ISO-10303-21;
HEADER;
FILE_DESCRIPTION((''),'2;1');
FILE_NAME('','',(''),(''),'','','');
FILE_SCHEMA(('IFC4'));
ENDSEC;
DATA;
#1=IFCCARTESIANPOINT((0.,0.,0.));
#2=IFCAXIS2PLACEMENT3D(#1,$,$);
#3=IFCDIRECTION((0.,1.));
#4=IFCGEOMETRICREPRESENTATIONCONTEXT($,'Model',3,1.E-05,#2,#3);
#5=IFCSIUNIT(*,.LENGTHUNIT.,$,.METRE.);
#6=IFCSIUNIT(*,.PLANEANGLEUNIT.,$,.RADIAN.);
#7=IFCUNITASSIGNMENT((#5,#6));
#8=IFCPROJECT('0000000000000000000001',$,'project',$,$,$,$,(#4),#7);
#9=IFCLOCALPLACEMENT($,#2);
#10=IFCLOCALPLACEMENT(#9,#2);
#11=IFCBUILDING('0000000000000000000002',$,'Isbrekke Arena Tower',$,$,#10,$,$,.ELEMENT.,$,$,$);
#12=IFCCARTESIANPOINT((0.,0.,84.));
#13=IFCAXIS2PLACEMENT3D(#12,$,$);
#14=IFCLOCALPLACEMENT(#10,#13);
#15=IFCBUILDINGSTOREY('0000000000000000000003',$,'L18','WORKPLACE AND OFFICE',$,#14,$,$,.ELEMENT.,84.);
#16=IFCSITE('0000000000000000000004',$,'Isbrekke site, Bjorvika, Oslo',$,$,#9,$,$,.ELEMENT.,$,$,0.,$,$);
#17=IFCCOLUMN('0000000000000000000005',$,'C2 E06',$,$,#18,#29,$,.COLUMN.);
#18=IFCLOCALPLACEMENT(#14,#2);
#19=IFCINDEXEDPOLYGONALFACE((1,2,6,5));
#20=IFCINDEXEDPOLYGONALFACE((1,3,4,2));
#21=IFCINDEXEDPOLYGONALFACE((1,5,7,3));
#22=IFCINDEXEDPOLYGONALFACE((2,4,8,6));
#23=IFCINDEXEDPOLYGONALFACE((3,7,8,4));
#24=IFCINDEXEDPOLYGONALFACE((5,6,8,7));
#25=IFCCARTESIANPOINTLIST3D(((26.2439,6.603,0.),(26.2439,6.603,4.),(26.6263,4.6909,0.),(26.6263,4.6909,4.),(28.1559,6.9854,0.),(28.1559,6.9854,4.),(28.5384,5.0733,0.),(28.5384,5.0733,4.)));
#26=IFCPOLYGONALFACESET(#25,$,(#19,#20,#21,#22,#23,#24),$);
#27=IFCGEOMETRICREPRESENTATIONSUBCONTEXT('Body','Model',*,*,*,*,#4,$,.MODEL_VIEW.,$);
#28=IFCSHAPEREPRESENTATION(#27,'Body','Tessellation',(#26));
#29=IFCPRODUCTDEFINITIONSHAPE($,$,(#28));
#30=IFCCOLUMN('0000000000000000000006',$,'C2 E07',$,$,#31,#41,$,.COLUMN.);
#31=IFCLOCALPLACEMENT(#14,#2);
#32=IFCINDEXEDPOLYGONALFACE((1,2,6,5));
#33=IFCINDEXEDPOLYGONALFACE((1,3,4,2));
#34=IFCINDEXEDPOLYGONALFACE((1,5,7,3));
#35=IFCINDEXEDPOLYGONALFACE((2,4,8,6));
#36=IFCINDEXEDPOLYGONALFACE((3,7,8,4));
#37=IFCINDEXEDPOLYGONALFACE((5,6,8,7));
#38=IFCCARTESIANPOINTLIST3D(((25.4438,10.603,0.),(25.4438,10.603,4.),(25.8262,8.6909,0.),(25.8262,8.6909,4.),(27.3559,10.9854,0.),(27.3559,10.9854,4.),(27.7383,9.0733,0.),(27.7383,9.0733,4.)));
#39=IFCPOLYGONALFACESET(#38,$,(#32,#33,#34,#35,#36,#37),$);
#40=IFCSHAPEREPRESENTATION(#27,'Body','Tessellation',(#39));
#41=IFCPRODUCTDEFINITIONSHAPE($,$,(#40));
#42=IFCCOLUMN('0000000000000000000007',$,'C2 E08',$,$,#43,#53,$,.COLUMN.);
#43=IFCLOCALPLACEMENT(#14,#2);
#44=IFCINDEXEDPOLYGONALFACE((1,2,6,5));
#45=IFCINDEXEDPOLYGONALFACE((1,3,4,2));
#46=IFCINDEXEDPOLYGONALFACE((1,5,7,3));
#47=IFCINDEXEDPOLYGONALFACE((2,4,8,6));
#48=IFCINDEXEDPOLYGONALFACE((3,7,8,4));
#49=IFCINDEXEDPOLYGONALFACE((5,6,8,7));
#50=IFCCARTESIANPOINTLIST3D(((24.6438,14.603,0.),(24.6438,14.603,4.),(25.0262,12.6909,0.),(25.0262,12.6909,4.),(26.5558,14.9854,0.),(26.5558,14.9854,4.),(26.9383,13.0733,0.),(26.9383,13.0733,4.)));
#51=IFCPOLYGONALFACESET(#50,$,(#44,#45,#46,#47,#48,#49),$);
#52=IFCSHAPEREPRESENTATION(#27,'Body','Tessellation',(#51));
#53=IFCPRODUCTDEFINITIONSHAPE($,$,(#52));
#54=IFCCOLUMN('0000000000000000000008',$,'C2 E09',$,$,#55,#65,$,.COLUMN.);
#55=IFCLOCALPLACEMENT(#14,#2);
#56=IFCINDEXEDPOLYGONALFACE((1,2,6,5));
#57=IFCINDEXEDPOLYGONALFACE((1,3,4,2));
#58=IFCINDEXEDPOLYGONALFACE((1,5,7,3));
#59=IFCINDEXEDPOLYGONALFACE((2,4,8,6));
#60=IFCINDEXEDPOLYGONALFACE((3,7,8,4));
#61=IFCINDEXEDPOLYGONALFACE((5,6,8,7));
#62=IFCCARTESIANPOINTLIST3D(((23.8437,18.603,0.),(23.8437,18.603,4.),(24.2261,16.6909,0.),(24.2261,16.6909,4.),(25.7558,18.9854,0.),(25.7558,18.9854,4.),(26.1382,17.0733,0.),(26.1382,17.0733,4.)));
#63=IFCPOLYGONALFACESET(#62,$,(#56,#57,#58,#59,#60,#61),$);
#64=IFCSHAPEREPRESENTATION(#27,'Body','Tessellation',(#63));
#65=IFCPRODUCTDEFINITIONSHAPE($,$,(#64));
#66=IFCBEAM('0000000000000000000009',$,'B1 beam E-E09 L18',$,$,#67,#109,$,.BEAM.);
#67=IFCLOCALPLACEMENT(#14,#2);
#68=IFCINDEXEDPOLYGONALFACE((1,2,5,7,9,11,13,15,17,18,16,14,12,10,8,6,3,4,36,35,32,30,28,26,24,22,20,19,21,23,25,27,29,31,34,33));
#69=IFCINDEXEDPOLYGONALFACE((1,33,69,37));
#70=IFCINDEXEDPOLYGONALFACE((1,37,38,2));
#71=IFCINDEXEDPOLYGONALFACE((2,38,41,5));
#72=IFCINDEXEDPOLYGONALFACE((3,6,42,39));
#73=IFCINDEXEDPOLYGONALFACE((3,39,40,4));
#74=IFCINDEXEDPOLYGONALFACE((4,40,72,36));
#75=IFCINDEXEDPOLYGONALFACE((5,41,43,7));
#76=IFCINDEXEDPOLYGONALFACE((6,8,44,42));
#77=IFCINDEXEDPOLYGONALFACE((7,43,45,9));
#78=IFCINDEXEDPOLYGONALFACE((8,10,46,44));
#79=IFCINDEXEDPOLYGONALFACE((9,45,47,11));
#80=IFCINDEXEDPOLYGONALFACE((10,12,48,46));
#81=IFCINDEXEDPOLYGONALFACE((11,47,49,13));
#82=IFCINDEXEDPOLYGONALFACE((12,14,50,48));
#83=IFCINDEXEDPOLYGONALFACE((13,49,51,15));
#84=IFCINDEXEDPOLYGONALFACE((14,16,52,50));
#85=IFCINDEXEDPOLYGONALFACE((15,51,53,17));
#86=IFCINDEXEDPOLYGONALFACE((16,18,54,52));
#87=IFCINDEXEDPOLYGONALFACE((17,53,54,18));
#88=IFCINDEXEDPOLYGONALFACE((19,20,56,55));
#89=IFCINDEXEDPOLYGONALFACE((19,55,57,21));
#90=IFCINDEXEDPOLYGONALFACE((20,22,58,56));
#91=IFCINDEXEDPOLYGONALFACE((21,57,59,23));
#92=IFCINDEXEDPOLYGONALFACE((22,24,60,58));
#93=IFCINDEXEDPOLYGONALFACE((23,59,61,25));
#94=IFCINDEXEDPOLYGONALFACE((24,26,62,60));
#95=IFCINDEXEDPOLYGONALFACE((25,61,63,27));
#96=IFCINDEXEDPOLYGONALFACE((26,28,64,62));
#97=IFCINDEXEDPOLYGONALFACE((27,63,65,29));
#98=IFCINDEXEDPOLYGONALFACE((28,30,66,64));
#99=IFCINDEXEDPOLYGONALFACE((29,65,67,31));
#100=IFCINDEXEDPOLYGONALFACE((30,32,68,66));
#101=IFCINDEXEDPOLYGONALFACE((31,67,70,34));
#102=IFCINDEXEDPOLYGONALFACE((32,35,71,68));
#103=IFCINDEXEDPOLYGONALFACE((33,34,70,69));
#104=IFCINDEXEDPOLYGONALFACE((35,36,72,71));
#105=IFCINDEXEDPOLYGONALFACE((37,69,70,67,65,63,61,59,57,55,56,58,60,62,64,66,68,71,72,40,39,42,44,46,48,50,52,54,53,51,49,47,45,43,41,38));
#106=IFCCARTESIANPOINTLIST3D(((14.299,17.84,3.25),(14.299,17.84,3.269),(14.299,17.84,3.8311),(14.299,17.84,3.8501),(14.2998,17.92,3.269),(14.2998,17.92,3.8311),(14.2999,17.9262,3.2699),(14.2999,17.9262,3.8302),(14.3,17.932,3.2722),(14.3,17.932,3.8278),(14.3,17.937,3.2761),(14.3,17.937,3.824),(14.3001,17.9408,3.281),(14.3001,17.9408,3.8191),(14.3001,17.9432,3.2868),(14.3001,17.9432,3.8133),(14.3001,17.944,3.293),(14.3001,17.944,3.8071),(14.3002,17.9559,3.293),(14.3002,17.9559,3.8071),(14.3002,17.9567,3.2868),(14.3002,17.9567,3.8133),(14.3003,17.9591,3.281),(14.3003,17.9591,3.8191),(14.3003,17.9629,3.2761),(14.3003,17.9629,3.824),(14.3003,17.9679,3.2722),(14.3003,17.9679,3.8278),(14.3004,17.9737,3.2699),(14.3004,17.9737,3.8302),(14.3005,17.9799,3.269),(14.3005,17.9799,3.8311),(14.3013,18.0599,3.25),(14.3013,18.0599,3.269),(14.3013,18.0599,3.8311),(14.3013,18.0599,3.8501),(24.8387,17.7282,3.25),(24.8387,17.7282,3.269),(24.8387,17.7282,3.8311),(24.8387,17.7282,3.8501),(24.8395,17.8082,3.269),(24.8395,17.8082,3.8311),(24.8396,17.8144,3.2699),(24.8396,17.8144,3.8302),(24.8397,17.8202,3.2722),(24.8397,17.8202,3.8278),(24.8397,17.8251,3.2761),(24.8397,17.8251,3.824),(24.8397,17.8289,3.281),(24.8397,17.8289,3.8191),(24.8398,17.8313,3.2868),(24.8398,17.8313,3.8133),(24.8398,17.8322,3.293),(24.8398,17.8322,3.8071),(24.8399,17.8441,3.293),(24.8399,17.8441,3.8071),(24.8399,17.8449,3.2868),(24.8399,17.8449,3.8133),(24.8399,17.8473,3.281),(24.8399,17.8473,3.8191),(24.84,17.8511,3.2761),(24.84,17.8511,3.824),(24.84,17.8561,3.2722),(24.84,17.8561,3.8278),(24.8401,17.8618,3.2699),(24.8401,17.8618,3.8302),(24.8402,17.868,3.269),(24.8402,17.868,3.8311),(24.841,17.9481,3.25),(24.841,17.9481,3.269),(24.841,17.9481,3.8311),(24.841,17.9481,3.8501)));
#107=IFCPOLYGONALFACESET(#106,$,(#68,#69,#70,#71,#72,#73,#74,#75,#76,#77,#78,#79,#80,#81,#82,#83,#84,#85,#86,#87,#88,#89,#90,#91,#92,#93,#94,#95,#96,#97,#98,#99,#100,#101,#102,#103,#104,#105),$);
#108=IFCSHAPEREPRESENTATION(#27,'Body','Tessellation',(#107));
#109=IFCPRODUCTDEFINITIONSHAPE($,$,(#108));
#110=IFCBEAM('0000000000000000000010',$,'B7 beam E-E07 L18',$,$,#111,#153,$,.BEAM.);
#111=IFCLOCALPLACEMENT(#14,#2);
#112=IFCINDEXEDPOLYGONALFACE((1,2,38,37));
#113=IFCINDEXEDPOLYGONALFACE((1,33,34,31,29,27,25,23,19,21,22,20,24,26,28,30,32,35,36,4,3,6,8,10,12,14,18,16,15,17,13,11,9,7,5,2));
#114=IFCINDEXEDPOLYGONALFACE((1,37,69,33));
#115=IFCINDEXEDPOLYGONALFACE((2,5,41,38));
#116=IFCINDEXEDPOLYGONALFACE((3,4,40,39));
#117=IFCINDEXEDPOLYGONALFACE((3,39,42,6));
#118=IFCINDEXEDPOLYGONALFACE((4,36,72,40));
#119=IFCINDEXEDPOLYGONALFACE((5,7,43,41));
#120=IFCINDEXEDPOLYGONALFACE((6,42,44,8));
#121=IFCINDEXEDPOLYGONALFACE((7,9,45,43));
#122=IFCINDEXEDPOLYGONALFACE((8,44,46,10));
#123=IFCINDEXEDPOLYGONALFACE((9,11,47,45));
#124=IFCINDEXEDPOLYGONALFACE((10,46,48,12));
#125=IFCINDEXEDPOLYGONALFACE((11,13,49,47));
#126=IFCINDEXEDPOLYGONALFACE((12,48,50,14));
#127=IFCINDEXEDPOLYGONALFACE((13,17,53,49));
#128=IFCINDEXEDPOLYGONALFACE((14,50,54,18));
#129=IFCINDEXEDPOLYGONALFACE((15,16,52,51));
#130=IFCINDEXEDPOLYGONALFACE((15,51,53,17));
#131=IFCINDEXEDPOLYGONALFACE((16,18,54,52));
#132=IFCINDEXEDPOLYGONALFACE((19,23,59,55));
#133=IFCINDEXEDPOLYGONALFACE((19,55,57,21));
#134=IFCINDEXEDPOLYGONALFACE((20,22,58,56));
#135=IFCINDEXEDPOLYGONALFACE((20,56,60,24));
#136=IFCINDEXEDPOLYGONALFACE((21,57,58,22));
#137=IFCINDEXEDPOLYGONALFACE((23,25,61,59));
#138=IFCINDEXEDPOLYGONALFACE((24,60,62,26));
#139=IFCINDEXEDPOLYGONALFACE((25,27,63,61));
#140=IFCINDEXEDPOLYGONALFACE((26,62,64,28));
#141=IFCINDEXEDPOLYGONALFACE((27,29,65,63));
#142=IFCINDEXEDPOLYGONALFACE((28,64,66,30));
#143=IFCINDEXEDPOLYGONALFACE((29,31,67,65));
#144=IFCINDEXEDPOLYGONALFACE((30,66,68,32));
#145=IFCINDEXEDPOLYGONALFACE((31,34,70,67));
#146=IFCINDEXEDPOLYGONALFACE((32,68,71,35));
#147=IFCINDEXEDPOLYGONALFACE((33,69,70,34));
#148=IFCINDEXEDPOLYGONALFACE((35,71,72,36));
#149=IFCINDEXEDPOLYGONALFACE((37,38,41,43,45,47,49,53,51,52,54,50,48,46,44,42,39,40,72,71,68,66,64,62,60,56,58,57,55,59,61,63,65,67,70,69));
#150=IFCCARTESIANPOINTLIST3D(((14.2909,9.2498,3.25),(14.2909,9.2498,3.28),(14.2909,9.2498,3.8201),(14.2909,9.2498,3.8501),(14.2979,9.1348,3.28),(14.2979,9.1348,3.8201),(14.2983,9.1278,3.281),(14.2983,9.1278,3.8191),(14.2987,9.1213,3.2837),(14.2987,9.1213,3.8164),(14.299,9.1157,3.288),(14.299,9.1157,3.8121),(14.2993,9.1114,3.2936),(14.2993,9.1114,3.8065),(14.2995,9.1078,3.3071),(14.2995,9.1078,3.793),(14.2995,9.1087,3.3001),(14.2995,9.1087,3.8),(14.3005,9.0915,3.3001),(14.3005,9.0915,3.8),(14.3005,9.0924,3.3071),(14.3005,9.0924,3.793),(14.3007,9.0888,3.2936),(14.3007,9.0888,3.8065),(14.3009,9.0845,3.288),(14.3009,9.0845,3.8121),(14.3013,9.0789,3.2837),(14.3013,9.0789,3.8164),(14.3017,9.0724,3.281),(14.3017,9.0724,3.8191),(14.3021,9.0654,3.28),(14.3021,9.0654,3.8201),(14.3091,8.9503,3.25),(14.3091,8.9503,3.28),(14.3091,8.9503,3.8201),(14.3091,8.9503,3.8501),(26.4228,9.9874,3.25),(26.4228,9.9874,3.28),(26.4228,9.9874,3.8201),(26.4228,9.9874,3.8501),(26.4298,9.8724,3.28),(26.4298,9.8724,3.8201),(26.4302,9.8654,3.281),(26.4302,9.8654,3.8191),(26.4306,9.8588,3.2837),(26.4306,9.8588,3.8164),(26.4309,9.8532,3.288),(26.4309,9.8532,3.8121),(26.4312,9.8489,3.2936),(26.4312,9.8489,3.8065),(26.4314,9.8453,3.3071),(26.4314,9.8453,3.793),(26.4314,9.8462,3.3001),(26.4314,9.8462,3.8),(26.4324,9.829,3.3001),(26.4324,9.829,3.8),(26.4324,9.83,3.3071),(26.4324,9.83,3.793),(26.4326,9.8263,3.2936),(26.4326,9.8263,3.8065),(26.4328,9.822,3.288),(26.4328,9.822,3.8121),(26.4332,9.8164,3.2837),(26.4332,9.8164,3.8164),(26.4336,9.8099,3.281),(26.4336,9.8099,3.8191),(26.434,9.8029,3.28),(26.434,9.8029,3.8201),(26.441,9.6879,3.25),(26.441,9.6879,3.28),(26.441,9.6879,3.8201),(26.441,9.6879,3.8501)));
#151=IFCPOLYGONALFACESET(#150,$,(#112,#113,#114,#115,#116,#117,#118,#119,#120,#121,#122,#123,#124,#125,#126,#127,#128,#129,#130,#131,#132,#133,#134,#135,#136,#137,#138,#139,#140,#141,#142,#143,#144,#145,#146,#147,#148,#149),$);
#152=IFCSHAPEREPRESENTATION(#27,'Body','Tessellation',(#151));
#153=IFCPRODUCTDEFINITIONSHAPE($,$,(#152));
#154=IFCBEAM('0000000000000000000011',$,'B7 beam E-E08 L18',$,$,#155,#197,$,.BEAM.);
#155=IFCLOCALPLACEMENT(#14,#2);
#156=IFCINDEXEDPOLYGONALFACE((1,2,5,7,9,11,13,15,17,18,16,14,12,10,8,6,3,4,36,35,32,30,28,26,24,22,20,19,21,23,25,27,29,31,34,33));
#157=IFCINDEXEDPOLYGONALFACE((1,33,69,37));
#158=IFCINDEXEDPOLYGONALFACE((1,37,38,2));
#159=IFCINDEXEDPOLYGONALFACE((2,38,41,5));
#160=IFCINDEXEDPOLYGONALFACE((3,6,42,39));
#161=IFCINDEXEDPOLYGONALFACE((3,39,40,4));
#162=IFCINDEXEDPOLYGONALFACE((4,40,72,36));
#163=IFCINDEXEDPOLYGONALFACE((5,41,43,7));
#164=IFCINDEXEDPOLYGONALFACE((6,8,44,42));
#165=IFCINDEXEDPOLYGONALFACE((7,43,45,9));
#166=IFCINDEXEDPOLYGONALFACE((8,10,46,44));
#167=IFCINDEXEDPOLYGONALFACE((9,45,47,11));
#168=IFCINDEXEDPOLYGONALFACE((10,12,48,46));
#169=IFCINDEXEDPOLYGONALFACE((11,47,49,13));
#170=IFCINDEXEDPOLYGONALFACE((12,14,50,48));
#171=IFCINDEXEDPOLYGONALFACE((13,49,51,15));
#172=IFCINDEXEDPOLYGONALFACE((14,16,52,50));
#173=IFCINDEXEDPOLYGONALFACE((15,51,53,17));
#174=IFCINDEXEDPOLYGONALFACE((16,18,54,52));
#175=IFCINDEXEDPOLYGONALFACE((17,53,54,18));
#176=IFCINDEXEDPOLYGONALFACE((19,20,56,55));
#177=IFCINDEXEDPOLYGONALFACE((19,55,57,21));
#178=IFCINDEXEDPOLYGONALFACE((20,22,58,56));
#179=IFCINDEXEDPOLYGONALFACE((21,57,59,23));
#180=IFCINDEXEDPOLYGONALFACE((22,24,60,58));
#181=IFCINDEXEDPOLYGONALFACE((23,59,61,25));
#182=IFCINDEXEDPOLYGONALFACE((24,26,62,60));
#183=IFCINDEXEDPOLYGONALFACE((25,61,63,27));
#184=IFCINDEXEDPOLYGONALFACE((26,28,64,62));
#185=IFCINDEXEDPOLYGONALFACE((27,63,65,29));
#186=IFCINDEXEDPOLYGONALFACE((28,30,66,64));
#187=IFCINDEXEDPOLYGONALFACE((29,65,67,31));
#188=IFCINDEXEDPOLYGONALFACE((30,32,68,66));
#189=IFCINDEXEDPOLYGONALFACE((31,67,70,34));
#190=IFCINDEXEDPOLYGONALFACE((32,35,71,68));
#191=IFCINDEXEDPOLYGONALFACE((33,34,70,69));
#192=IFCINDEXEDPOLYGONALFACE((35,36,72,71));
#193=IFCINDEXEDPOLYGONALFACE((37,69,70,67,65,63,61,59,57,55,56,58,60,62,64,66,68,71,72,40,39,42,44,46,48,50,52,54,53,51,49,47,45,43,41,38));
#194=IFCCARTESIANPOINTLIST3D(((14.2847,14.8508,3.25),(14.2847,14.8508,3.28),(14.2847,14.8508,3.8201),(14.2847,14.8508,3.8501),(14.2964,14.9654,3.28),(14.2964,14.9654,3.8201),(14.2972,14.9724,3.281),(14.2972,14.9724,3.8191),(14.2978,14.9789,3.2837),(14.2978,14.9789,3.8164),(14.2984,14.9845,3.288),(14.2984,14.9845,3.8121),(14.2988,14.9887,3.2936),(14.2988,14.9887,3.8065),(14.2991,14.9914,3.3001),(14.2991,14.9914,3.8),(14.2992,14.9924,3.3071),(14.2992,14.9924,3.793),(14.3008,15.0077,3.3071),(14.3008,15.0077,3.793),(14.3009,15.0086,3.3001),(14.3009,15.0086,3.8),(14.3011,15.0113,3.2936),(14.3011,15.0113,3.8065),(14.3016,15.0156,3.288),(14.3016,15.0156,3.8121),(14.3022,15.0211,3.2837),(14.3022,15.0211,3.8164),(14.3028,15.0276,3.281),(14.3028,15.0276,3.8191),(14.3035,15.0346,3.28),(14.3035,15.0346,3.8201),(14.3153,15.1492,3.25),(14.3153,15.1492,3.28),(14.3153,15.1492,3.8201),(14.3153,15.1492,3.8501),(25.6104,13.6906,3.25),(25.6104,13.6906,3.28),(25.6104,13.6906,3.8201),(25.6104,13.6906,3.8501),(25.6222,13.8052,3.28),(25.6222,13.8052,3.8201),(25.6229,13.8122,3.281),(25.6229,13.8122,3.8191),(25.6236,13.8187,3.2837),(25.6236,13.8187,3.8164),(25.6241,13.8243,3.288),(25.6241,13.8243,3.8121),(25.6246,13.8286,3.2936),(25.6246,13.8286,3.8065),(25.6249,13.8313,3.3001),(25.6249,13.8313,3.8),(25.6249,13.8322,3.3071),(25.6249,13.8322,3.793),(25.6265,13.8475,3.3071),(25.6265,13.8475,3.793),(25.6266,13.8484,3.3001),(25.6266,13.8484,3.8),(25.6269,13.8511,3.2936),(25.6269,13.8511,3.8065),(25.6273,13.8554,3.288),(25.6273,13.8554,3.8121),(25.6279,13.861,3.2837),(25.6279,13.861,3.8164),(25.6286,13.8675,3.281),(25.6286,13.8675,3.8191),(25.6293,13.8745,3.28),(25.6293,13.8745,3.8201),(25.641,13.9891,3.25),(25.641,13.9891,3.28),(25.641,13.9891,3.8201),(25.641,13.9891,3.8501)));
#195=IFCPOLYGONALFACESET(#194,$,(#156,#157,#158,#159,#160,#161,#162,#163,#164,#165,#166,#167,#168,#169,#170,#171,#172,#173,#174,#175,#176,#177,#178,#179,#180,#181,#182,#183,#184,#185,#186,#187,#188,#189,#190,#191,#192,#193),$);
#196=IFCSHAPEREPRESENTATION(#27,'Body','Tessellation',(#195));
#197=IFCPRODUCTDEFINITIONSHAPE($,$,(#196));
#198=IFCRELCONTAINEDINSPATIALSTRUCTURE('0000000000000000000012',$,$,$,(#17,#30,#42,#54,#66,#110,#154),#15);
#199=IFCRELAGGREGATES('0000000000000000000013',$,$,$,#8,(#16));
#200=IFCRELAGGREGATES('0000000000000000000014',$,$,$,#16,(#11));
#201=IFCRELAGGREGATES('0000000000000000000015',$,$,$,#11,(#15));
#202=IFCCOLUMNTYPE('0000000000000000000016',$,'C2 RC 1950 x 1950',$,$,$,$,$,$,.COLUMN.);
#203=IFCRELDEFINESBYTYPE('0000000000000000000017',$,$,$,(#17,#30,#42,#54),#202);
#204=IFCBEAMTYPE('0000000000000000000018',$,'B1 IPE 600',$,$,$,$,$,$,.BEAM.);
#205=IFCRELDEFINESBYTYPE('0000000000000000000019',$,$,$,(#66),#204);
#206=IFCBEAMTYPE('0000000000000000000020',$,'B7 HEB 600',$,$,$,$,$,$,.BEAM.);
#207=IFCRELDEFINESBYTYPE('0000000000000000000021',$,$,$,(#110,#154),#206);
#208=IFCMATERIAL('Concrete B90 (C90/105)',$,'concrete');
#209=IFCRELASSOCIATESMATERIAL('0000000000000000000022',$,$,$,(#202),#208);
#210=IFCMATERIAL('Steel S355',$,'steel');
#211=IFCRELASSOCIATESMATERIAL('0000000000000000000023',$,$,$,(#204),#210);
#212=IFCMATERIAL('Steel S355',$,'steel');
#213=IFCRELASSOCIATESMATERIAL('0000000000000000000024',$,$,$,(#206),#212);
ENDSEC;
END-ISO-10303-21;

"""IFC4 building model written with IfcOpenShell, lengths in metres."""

from ifc_helpers import new_model, si_unit, direction, frame, origin, origin_2d, place, context, subcontext, project, spatial, rectangle, i_section, extrude, material, material_profile, profile_set, type_object, element, save


model = new_model("IFC4")

# Units and contexts
model_context = context("Model", 3, precision=1e-05, world=origin(), true_north=direction((0.0, 1.0)))
body_context = subcontext(model_context, "Body", "Model", "MODEL_VIEW")
ifc_project = project(units=[si_unit("LENGTHUNIT", "METRE"), si_unit("PLANEANGLEUNIT", "RADIAN")], contexts=[model_context])

# Site, building, storey
site_placement = place(None, origin())
site = spatial("IfcSite", under=ifc_project, at=site_placement, Name="Isbrekke site, Bjorvika, Oslo", CompositionType="ELEMENT", RefElevation=0.0)
building_placement = place(site_placement, origin())
building = spatial("IfcBuilding", under=site, at=building_placement, Name="Isbrekke Arena Tower", CompositionType="ELEMENT")
storey_placement = place(building_placement, frame((0.0, 0.0, 84.0)))
storey = spatial("IfcBuildingStorey", under=building, at=storey_placement, Name="L18", Description="WORKPLACE AND OFFICE", CompositionType="ELEMENT", Elevation=84.0)

# Columns
ifc_material_1 = material(Name="Concrete B90 (C90/105)", Category="concrete")
ifc_material_profile_1 = material_profile(ifc_material_1, rectangle(XDim=1.95, YDim=1.95, at=origin_2d()), Name="RC 1950x1950")
ifc_profile_set_1 = profile_set([ifc_material_profile_1], Name="Concrete B90 (C90/105)")
column_type = type_object("IfcColumnType", Name="C2 RC 1950 x 1950", PredefinedType="COLUMN", material=ifc_profile_set_1)
for number, where, z_axis, x_axis, name in (
    (1, (27.3911, 5.8381, 0.0), (0.0, 0.0, 1.0), (-0.196116, 0.980581, 0.0), "C2 E06"),
    (2, (26.5911, 9.8381, 0.0), (0.0, 0.0, 1.0), (-0.196116, 0.980581, 0.0), "C2 E07"),
    (3, (25.791, 13.8381, 0.0), (0.0, 0.0, 1.0), (-0.196116, 0.980581, 0.0), "C2 E08"),
    (4, (24.991, 17.8381, 0.0), (0.0, 0.0, 1.0), (-0.196116, 0.980581, 0.0), "C2 E09"),
):
    element("IfcColumn", number, at=place(storey_placement, frame(where, z_axis=z_axis, x_axis=x_axis)), inside=storey, type_object=column_type, Name=name, PredefinedType="COLUMN", context=body_context, shape_type="SweptSolid", body=[
        extrude(rectangle(XDim=1.95, YDim=1.95, at=origin_2d()), origin(), (0.0, 0.0, 1.0), 4.0),
    ])

# Beams
ifc_material_2 = material(Name="Steel S355", Category="steel")
ifc_material_profile_2 = material_profile(ifc_material_2, i_section(OverallWidth=0.22, OverallDepth=0.6001, WebThickness=0.012, FlangeThickness=0.019, FilletRadius=0.0239, at=origin_2d()), Name="IPE 600")
ifc_profile_set_2 = profile_set([ifc_material_profile_2], Name="Steel S355")
beam_type_1 = type_object("IfcBeamType", Name="B1 IPE 600", PredefinedType="BEAM", material=ifc_profile_set_2)
beam_1_placement = place(storey_placement, frame((24.8398, 17.8381, 3.55), z_axis=(-0.999944, 0.010608, 0.0), x_axis=(-0.010608, -0.999944, 0.0)))
element("IfcBeam", 5, at=beam_1_placement, inside=storey, type_object=beam_type_1, Name="B1 beam E-E09 L18", PredefinedType="BEAM", context=body_context, shape_type="SweptSolid", body=[
    extrude(i_section(OverallWidth=0.22, OverallDepth=0.6001, WebThickness=0.012, FlangeThickness=0.019, FilletRadius=0.0239, at=origin_2d()), origin(), (0.0, 0.0, 1.0), 10.5403),
])
ifc_material_3 = material(Name="Steel S355", Category="steel")
ifc_material_profile_3 = material_profile(ifc_material_3, i_section(OverallWidth=0.3, OverallDepth=0.6001, WebThickness=0.0154, FlangeThickness=0.03, FilletRadius=0.0271, at=origin_2d()), Name="HEB 600")
ifc_profile_set_3 = profile_set([ifc_material_profile_3], Name="Steel S355")
beam_type_2 = type_object("IfcBeamType", Name="B7 HEB 600", PredefinedType="BEAM", material=ifc_profile_set_3)
beam_2_placement = place(storey_placement, frame((26.4319, 9.8376, 3.55), z_axis=(-0.998157, -0.060682, 0.0), x_axis=(0.060682, -0.998157, 0.0)))
element("IfcBeam", 6, at=beam_2_placement, inside=storey, type_object=beam_type_2, Name="B7 beam E-E07 L18", PredefinedType="BEAM", context=body_context, shape_type="SweptSolid", body=[
    extrude(i_section(OverallWidth=0.3, OverallDepth=0.6001, WebThickness=0.0154, FlangeThickness=0.03, FilletRadius=0.0271, at=origin_2d()), origin(), (0.0, 0.0, 1.0), 12.1543),
])
beam_3_placement = place(storey_placement, frame((25.6257, 13.8398, 3.55), z_axis=(-0.994794, 0.101903, 0.0), x_axis=(-0.101903, -0.994794, 0.0)))
element("IfcBeam", 7, at=beam_3_placement, inside=storey, type_object=beam_type_2, Name="B7 beam E-E08 L18", PredefinedType="BEAM", context=body_context, shape_type="SweptSolid", body=[
    extrude(i_section(OverallWidth=0.3, OverallDepth=0.6001, WebThickness=0.0154, FlangeThickness=0.03, FilletRadius=0.0271, at=origin_2d()), origin(), (0.0, 0.0, 1.0), 11.385),
])

save(model, "model.ifc")
